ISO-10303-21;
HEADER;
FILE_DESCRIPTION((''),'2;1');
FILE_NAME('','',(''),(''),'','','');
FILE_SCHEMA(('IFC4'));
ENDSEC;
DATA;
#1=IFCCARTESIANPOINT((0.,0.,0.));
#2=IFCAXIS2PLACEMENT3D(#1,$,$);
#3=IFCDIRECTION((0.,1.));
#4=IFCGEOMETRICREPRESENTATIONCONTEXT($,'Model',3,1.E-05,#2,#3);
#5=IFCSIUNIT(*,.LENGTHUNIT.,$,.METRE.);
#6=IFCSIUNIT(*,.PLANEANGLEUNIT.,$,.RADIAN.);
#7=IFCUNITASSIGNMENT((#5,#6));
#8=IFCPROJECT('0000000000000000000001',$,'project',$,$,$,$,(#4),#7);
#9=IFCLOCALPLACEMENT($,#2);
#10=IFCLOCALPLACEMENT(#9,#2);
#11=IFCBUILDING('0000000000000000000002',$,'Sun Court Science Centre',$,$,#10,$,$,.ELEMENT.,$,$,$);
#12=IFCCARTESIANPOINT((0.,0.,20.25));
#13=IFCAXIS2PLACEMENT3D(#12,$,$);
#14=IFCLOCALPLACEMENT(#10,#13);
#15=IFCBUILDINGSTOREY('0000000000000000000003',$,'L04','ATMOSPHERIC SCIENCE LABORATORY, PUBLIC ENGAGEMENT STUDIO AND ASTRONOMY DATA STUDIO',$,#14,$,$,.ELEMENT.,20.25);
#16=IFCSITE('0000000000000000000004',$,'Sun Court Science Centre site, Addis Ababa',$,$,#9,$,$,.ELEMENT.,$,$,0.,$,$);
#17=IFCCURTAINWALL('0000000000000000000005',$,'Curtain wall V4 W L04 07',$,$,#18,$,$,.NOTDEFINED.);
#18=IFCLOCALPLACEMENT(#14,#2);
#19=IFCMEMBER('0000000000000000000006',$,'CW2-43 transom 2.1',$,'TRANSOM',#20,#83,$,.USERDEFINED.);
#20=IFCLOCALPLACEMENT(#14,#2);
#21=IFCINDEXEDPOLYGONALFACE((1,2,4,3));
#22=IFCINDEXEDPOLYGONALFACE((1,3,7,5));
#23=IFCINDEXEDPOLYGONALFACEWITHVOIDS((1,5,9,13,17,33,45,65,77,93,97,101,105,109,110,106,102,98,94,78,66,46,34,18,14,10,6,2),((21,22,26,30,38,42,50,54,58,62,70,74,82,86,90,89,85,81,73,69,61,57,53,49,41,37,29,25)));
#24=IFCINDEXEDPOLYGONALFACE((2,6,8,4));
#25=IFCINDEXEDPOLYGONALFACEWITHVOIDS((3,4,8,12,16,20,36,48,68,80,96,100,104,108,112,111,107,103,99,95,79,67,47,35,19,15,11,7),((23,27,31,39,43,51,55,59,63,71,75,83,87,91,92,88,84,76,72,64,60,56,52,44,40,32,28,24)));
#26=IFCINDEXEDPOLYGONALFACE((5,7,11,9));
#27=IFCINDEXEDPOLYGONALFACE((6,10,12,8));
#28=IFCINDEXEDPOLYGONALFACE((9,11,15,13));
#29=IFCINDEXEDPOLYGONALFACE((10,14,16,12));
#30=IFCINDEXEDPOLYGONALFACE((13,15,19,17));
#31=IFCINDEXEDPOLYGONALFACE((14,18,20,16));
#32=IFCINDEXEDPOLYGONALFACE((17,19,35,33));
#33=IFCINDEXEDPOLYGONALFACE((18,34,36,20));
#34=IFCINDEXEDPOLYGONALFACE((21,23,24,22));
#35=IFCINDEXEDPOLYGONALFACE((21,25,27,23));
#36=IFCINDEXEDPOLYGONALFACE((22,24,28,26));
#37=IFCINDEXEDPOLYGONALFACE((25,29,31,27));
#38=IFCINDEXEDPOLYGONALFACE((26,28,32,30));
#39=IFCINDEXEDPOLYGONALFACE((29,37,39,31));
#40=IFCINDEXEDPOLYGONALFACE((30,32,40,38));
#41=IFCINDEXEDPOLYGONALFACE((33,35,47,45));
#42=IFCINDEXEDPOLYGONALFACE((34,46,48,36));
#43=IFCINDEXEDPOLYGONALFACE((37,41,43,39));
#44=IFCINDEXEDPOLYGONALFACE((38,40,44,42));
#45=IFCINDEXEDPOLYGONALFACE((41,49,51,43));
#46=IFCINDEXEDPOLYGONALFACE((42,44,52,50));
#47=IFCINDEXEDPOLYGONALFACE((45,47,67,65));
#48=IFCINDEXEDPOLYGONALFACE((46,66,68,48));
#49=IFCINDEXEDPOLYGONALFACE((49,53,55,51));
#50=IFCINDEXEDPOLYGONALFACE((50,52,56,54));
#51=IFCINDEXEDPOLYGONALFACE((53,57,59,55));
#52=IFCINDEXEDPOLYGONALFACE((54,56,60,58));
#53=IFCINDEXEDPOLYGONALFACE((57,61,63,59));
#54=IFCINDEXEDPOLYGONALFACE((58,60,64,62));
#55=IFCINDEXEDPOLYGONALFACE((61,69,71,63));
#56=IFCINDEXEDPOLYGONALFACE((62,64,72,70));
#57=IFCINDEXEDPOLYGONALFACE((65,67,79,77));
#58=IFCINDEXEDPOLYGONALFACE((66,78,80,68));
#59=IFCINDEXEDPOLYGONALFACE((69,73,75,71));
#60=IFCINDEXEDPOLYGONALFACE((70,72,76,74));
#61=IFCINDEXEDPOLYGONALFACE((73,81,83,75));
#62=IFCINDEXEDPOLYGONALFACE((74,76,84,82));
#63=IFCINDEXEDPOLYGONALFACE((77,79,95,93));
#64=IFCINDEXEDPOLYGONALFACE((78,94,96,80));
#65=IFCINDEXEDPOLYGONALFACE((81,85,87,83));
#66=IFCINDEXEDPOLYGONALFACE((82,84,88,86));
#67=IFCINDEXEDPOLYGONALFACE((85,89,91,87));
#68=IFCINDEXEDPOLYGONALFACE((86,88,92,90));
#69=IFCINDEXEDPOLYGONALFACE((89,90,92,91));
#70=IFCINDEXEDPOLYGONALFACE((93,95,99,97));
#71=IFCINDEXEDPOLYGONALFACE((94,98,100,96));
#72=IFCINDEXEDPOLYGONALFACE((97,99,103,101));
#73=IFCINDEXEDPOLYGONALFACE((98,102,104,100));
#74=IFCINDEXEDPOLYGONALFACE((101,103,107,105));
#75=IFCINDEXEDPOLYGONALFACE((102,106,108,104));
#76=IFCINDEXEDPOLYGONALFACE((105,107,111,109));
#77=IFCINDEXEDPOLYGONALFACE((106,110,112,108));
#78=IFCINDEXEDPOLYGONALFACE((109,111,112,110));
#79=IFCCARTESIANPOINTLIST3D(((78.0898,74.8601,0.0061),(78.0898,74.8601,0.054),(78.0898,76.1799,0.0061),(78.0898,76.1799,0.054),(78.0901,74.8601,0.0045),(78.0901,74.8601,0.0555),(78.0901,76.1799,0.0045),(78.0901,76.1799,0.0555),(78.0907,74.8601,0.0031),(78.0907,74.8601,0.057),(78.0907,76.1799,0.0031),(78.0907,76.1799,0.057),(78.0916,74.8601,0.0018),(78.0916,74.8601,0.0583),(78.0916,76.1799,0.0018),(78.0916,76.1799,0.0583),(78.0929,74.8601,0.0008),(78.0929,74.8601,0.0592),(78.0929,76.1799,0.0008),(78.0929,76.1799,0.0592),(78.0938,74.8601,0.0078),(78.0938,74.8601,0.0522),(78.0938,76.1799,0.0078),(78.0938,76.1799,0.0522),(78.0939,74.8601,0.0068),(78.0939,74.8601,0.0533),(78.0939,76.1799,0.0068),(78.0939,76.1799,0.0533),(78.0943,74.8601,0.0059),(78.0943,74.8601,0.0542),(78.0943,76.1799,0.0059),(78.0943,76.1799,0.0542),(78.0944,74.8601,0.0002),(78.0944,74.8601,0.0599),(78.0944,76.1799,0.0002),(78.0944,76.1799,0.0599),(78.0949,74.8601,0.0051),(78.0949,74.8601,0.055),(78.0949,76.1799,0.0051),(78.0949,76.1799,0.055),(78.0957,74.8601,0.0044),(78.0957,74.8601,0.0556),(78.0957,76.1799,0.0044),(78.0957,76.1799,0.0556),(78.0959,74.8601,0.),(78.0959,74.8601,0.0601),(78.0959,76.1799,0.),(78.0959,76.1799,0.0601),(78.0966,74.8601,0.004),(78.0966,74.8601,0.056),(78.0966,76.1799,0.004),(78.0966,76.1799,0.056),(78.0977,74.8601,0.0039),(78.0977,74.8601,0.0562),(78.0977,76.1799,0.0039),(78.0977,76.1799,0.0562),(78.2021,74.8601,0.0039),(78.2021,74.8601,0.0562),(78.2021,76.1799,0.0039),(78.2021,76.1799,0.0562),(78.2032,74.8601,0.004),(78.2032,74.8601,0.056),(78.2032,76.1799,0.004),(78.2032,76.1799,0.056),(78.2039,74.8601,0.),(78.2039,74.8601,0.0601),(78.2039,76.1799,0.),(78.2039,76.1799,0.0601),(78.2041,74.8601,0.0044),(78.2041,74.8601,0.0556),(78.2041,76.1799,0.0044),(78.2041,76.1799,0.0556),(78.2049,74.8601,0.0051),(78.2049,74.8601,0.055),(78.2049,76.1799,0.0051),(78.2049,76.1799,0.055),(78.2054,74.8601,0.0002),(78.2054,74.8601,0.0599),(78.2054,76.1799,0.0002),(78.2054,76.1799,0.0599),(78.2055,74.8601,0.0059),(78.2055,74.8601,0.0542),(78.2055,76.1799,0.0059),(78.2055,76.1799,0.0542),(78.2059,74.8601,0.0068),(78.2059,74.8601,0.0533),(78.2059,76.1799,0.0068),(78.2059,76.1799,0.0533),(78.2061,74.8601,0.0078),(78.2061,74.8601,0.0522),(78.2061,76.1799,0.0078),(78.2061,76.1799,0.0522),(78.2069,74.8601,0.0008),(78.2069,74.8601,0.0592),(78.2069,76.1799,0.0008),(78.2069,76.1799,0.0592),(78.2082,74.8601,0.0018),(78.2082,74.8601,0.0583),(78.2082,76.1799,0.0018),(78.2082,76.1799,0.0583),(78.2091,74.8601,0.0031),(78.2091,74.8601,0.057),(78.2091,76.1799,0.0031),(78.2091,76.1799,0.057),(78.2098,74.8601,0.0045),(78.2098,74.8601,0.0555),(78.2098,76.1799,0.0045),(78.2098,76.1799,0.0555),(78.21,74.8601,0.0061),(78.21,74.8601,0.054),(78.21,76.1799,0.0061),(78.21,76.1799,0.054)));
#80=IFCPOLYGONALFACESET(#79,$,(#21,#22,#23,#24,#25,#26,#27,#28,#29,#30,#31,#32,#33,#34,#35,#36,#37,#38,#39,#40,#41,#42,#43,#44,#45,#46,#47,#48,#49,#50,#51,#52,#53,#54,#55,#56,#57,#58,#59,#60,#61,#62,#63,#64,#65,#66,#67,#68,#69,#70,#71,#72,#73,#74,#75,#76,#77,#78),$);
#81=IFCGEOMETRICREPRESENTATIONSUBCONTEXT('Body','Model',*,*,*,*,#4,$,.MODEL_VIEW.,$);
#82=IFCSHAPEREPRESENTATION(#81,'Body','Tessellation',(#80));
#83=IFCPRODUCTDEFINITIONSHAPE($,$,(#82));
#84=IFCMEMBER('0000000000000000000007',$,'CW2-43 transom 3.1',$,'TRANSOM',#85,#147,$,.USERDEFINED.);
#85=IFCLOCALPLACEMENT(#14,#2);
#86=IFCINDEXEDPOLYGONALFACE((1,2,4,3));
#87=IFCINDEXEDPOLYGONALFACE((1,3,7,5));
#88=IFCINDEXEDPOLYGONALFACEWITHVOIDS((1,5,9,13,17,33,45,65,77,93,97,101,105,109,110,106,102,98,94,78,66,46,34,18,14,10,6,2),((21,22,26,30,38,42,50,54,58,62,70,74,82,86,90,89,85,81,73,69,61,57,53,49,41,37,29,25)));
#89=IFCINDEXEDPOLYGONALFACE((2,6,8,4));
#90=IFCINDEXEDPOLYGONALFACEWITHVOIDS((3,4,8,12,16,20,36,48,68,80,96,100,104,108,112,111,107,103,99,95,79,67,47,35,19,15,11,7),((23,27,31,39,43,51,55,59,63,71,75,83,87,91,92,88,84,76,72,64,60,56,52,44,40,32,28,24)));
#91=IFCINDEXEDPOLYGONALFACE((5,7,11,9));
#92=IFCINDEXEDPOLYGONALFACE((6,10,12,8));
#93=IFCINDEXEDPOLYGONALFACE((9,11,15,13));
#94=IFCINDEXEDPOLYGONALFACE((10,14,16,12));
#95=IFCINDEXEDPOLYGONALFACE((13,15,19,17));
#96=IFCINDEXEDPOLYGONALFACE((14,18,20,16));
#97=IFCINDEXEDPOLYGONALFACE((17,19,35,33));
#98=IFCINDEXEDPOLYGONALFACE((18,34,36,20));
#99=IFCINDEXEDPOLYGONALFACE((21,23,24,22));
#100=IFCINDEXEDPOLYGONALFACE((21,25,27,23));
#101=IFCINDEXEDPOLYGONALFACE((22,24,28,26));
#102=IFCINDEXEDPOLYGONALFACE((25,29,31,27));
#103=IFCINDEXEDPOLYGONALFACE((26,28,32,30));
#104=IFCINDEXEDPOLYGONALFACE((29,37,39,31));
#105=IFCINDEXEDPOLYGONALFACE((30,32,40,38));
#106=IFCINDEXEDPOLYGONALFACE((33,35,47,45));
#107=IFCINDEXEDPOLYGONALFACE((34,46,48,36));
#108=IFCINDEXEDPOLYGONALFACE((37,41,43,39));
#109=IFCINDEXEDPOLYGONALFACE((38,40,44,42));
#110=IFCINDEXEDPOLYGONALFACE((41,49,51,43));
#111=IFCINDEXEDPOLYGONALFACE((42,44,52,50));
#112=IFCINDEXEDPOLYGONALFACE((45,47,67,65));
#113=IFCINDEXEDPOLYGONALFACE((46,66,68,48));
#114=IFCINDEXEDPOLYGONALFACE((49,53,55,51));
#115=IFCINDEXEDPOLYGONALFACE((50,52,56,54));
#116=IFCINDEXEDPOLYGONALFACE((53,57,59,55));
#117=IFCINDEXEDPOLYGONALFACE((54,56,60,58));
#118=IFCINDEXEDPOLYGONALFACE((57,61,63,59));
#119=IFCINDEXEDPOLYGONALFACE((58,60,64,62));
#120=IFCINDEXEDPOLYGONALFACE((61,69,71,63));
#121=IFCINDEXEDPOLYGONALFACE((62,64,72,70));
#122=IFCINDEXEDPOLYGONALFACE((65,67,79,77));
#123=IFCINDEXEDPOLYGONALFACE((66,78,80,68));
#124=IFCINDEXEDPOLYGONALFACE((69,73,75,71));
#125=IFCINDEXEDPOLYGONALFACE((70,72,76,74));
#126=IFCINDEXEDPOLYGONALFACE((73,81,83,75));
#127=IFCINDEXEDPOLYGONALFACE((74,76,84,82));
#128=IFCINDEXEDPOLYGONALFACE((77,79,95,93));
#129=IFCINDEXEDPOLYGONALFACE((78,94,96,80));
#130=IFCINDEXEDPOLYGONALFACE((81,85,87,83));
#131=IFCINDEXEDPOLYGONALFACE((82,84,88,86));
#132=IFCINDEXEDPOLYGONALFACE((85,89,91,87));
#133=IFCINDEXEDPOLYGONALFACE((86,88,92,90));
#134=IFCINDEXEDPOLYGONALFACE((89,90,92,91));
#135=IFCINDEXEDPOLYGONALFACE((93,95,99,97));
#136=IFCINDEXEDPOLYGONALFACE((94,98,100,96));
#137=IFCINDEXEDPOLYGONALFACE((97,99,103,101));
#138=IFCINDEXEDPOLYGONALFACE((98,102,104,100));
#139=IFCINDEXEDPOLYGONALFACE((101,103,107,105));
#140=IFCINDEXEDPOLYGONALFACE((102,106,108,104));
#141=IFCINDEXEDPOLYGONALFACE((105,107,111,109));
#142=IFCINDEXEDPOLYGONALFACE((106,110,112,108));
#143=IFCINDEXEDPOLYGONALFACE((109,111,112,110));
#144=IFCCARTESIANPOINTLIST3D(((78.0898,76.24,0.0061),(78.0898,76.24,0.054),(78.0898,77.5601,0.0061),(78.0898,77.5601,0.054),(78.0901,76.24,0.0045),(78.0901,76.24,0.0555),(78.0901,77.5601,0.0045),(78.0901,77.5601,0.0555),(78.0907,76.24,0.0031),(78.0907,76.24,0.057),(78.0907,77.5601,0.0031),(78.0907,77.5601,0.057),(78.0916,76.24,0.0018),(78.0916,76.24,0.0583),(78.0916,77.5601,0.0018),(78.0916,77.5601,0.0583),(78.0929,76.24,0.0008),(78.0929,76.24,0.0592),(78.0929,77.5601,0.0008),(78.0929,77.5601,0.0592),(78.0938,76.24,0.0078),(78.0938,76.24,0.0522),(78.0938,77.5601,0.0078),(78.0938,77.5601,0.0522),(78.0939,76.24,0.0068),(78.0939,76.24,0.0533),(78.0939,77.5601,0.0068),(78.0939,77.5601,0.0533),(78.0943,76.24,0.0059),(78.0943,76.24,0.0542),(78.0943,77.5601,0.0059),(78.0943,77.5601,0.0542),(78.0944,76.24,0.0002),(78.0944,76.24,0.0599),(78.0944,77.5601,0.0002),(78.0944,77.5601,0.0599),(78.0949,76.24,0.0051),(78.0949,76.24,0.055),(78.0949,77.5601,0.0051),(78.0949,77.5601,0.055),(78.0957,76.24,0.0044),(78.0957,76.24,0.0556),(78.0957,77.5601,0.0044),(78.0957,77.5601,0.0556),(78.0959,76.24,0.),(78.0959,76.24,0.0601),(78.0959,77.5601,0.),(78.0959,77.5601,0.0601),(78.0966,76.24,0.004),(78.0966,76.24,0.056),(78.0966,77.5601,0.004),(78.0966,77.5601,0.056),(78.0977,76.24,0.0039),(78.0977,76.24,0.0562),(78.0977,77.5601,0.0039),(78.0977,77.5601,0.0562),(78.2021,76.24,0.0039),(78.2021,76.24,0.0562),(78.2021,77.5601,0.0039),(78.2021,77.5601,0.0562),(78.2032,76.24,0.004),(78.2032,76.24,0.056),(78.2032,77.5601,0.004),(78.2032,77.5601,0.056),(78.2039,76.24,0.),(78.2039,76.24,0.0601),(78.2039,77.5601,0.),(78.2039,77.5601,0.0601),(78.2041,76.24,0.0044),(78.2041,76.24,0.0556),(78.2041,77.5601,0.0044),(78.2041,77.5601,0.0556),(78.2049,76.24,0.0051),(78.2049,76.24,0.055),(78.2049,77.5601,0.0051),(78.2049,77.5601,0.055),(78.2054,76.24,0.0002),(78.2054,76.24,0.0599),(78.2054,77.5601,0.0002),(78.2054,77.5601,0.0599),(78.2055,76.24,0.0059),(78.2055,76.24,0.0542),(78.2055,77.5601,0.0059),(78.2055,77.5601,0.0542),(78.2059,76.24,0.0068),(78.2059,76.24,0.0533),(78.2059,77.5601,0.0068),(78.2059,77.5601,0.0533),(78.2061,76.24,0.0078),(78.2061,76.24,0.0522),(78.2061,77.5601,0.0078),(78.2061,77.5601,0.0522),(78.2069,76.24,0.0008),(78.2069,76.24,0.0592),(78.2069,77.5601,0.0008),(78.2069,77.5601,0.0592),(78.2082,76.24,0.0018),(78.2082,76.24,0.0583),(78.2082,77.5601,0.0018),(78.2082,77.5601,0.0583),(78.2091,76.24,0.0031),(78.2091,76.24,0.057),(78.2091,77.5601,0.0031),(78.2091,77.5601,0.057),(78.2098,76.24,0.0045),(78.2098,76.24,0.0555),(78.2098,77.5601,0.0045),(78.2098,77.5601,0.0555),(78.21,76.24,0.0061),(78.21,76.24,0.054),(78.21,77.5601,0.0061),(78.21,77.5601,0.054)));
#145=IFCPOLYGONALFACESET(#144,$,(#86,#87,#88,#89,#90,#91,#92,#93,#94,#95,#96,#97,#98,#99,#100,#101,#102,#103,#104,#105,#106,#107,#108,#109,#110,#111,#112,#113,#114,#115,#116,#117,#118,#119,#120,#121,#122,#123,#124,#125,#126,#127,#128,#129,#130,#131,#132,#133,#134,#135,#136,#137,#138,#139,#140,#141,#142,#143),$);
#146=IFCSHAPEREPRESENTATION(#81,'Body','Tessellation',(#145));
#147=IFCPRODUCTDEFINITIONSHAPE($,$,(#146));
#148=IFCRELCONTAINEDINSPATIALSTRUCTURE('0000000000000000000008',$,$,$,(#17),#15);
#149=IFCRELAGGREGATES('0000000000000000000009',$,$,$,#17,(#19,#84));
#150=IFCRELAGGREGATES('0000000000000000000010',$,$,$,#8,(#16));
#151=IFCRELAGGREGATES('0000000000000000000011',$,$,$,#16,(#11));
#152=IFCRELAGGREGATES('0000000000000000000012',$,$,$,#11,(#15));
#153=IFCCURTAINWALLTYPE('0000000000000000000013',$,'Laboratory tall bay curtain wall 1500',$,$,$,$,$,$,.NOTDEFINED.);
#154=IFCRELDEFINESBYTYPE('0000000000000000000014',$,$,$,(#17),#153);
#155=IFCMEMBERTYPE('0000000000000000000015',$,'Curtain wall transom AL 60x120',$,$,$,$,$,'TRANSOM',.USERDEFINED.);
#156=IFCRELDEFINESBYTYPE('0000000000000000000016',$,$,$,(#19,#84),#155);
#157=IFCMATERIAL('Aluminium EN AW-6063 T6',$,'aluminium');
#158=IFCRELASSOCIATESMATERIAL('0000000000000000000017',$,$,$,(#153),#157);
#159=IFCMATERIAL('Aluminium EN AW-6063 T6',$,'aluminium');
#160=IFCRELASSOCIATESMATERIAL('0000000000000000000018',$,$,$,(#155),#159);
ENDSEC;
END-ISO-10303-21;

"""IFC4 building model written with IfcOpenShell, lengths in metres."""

from ifc_helpers import new_model, si_unit, direction, frame, origin, origin_2d, place, context, subcontext, project, spatial, hollow_rectangle, extrude, material, material_profile, profile_set, type_object, element, aggregate, save


model = new_model("IFC4")

# Units and contexts
model_context = context("Model", 3, precision=1e-05, world=origin(), true_north=direction((0.0, 1.0)))
body_context = subcontext(model_context, "Body", "Model", "MODEL_VIEW")
ifc_project = project(units=[si_unit("LENGTHUNIT", "METRE"), si_unit("PLANEANGLEUNIT", "RADIAN")], contexts=[model_context])

# Site, building, storey
site_placement = place(None, origin())
site = spatial("IfcSite", under=ifc_project, at=site_placement, Name="Sun Court Science Centre site, Addis Ababa", CompositionType="ELEMENT", RefElevation=0.0)
building_placement = place(site_placement, origin())
building = spatial("IfcBuilding", under=site, at=building_placement, Name="Sun Court Science Centre", CompositionType="ELEMENT")
storey_placement = place(building_placement, frame((0.0, 0.0, 20.25)))
storey = spatial("IfcBuildingStorey", under=building, at=storey_placement, Name="L04", Description="ATMOSPHERIC SCIENCE LABORATORY, PUBLIC ENGAGEMENT STUDIO AND ASTRONOMY DATA STUDIO", CompositionType="ELEMENT", Elevation=20.25)

# Curtain wall
ifc_material_1 = material(Name="Aluminium EN AW-6063 T6", Category="aluminium")
curtain_wall_type = type_object("IfcCurtainWallType", Name="Laboratory tall bay curtain wall 1500", PredefinedType="NOTDEFINED", material=ifc_material_1)
curtain_wall_1_placement = place(storey_placement, origin())
curtain_wall_1 = element("IfcCurtainWall", 1, at=curtain_wall_1_placement, inside=storey, type_object=curtain_wall_type, Name="Curtain wall V4 W L04 07", PredefinedType="NOTDEFINED")

# Members
ifc_material_2 = material(Name="Aluminium EN AW-6063 T6", Category="aluminium")
ifc_material_profile_1 = material_profile(ifc_material_2, hollow_rectangle(XDim=0.0601, YDim=0.1201, WallThickness=0.0039, InnerFilletRadius=0.0039, OuterFilletRadius=0.0061, at=origin_2d()), Name="AL 60x120x4")
ifc_profile_set_1 = profile_set([ifc_material_profile_1], Name="Aluminium EN AW-6063 T6")
member_type_1 = type_object("IfcMemberType", Name="Curtain wall transom AL 60x120", ElementType="TRANSOM", PredefinedType="USERDEFINED", material=ifc_profile_set_1)
member_1_placement = place(storey_placement, frame((78.1499, 74.8601, 0.03), z_axis=(0.0, 1.0, 0.0), x_axis=(0.0, 0.0, 1.0)))
member_1 = element("IfcMember", 2, at=member_1_placement, type_object=member_type_1, Name="CW2-43 transom 2.1", ObjectType="TRANSOM", PredefinedType="USERDEFINED", context=body_context, shape_type="SweptSolid", body=[
    extrude(hollow_rectangle(XDim=0.0601, YDim=0.1201, WallThickness=0.0039, InnerFilletRadius=0.0039, OuterFilletRadius=0.0061, at=origin_2d()), origin(), (0.0, 0.0, 1.0), 1.3198),
])
member_2_placement = place(storey_placement, frame((78.1499, 76.24, 0.03), z_axis=(0.0, 1.0, 0.0), x_axis=(0.0, 0.0, 1.0)))
member_2 = element("IfcMember", 3, at=member_2_placement, type_object=member_type_1, Name="CW2-43 transom 3.1", ObjectType="TRANSOM", PredefinedType="USERDEFINED", context=body_context, shape_type="SweptSolid", body=[
    extrude(hollow_rectangle(XDim=0.0601, YDim=0.1201, WallThickness=0.0039, InnerFilletRadius=0.0039, OuterFilletRadius=0.0061, at=origin_2d()), origin(), (0.0, 0.0, 1.0), 1.3201),
])

aggregate(curtain_wall_1, [member_1, member_2])

save(model, "model.ifc")
